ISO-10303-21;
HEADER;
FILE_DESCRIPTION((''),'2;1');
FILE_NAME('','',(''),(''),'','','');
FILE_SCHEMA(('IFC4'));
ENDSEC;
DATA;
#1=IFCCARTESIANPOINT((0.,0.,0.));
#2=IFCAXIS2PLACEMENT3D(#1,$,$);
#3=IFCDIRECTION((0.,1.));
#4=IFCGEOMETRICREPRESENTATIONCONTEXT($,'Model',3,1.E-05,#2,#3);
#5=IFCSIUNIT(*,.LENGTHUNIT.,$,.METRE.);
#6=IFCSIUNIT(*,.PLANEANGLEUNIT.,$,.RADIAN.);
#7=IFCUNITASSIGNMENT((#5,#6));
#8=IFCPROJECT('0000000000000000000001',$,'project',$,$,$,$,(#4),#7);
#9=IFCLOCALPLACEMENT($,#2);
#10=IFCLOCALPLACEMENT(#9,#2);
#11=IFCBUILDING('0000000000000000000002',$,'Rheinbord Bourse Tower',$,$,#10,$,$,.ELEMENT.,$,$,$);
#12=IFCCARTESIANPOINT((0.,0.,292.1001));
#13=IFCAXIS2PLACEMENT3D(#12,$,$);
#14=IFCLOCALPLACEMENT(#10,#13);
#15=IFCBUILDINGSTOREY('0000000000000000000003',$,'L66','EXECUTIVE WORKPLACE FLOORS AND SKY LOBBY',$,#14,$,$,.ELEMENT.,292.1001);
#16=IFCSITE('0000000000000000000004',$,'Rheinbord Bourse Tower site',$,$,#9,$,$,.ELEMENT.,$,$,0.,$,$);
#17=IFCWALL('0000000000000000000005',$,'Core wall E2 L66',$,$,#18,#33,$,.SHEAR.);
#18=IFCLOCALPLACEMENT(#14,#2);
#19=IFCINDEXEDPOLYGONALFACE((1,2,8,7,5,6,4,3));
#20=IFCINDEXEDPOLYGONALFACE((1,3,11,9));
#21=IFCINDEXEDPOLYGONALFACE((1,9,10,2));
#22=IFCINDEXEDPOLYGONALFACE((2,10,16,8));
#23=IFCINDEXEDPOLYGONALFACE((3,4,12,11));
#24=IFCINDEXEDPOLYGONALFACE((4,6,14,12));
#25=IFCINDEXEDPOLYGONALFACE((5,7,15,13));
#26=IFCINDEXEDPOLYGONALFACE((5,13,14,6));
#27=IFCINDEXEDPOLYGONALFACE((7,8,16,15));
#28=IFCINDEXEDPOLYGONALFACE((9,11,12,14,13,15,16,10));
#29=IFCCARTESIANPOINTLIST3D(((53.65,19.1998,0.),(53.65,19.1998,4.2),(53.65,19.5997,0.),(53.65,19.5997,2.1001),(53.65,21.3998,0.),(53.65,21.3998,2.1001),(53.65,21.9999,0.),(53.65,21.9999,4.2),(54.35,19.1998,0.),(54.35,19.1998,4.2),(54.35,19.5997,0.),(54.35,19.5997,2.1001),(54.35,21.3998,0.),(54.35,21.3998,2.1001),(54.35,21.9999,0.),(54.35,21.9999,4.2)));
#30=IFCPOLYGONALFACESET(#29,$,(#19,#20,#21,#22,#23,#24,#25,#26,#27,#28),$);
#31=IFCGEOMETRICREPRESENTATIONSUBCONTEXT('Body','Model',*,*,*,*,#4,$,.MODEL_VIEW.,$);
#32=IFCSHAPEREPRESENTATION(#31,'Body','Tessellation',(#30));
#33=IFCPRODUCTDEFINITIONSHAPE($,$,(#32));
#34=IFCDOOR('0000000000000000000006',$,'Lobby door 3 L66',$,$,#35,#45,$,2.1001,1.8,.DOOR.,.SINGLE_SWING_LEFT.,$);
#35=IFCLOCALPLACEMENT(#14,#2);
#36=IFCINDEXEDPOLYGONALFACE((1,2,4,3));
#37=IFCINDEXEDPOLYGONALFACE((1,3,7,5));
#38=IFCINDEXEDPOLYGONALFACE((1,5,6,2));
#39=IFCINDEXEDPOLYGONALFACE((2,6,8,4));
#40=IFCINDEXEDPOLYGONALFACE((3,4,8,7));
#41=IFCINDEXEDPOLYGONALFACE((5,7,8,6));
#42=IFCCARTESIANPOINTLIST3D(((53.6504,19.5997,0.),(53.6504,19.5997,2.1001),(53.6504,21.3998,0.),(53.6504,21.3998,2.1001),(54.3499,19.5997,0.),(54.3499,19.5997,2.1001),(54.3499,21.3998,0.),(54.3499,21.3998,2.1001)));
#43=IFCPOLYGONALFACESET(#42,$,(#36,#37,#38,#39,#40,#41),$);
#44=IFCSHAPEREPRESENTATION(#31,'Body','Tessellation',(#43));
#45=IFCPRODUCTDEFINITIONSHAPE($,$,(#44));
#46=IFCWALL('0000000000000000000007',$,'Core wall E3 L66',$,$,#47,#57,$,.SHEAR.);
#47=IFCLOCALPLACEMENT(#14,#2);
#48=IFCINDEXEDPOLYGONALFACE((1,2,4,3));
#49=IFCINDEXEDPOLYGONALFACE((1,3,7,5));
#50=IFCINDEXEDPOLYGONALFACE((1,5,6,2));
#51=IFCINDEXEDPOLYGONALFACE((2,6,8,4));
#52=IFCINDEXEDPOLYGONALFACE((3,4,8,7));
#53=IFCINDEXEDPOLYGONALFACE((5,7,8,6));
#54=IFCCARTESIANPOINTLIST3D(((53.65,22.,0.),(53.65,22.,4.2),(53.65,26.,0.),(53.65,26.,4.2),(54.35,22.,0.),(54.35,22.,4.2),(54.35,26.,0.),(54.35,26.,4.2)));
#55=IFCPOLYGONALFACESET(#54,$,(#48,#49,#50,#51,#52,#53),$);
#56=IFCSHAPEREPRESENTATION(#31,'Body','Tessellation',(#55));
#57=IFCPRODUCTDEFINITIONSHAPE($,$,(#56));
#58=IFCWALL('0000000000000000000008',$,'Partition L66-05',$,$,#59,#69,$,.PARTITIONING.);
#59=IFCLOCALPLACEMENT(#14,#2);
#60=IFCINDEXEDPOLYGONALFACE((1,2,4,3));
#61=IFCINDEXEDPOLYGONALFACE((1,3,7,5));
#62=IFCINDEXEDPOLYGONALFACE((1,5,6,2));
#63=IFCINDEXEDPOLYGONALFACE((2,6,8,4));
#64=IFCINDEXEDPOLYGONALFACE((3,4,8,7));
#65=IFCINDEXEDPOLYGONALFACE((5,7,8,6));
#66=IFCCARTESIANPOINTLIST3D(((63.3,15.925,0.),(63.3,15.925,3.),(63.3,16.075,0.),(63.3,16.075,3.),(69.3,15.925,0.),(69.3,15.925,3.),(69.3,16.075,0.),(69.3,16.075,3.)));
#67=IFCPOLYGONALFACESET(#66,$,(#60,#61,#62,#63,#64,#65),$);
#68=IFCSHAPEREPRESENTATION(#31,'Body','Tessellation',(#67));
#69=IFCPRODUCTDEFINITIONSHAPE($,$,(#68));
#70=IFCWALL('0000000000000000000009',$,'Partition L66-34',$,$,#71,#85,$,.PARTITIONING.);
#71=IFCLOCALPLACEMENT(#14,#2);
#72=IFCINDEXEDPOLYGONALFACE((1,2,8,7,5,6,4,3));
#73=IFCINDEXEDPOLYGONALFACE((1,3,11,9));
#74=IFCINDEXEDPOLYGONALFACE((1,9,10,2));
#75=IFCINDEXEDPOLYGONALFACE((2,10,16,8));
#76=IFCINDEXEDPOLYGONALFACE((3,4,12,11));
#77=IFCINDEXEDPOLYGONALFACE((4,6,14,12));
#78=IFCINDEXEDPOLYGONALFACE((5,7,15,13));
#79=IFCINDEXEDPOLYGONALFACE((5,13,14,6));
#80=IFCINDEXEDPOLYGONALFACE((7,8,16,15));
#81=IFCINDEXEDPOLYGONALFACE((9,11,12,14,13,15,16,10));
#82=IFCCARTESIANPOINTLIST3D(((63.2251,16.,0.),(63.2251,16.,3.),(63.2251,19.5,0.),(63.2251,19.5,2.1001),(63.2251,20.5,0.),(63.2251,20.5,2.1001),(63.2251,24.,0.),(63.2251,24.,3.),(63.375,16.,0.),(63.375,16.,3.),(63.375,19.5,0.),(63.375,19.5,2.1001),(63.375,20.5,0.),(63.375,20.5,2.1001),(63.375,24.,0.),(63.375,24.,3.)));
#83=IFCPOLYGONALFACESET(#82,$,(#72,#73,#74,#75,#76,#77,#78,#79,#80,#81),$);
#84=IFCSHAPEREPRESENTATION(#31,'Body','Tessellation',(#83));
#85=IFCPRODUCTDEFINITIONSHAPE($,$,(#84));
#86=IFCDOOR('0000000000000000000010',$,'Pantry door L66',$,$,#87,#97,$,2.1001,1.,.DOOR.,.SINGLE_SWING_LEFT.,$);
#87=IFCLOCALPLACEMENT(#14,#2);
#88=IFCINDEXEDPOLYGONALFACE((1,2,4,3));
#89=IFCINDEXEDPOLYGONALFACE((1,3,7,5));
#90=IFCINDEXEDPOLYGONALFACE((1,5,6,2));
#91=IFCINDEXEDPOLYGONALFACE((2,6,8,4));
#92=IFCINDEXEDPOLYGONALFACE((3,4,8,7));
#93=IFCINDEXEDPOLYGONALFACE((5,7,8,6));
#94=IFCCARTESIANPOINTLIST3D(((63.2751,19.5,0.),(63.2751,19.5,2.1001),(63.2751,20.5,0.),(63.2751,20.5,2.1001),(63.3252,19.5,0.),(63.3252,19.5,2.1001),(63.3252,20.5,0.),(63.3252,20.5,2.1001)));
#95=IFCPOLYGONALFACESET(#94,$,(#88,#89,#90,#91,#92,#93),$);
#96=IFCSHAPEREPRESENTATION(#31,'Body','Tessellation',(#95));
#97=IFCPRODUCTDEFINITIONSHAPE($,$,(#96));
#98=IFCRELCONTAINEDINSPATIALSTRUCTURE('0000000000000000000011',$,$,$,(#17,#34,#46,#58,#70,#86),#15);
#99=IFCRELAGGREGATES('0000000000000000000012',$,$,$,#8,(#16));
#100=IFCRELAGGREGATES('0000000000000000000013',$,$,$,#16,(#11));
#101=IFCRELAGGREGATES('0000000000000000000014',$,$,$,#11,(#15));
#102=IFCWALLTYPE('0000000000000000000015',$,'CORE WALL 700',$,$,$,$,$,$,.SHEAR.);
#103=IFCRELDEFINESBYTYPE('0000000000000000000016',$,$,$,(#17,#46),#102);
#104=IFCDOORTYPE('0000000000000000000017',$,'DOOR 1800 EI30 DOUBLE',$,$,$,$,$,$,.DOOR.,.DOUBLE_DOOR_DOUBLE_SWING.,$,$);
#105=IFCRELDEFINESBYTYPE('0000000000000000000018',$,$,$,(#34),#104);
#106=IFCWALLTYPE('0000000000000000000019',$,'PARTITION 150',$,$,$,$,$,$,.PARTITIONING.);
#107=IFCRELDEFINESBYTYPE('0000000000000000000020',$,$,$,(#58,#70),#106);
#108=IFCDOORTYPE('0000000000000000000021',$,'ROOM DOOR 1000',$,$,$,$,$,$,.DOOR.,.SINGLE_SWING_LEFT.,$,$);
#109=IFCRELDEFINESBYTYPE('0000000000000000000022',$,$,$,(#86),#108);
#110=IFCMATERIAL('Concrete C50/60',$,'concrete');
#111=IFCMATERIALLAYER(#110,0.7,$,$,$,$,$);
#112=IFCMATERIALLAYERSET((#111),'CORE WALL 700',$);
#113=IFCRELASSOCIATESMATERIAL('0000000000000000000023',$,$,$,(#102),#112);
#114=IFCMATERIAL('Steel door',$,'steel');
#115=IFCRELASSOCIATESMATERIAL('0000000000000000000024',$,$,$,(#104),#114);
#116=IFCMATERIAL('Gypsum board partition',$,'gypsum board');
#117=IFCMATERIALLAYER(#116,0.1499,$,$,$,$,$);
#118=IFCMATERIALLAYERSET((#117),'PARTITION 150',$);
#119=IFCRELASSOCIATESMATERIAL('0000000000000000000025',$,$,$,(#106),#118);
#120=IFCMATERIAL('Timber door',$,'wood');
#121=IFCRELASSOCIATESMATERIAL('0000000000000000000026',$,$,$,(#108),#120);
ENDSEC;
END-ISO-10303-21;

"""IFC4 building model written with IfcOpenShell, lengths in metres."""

from ifc_helpers import new_model, si_unit, direction, frame, frame_2d, origin, place, context, subcontext, project, spatial, rectangle, extrude, material, layer, layer_set, type_object, element, fill, save


model = new_model("IFC4")

# Units and contexts
model_context = context("Model", 3, precision=1e-05, world=origin(), true_north=direction((0.0, 1.0)))
body_context = subcontext(model_context, "Body", "Model", "MODEL_VIEW")
ifc_project = project(units=[si_unit("LENGTHUNIT", "METRE"), si_unit("PLANEANGLEUNIT", "RADIAN")], contexts=[model_context])

# Site, building, storey
site_placement = place(None, origin())
site = spatial("IfcSite", under=ifc_project, at=site_placement, Name="Rheinbord Bourse Tower site", CompositionType="ELEMENT", RefElevation=0.0)
building_placement = place(site_placement, origin())
building = spatial("IfcBuilding", under=site, at=building_placement, Name="Rheinbord Bourse Tower", CompositionType="ELEMENT")
storey_placement = place(building_placement, frame((0.0, 0.0, 292.1001)))
storey = spatial("IfcBuildingStorey", under=building, at=storey_placement, Name="L66", Description="EXECUTIVE WORKPLACE FLOORS AND SKY LOBBY", CompositionType="ELEMENT", Elevation=292.1001)

# Shared definitions
ifc_material_1 = material(Name="Concrete C50/60", Category="concrete")
ifc_layer_1 = layer(ifc_material_1, 0.7)
ifc_layer_set_1 = layer_set([ifc_layer_1], Name="CORE WALL 700")
wall_type_1 = type_object("IfcWallType", Name="CORE WALL 700", PredefinedType="SHEAR", material=ifc_layer_set_1)

# Wall, opening, door
wall_1_placement = place(storey_placement, frame((54.0, 19.2, 0.0), z_axis=(0.0, 0.0, 1.0), x_axis=(0.0, 1.0, 0.0)))
wall_1 = element("IfcWall", 1, at=wall_1_placement, inside=storey, type_object=wall_type_1, Name="Core wall E2 L66", PredefinedType="SHEAR", context=body_context, shape_type="SweptSolid", body=[
    extrude(rectangle(XDim=2.8, YDim=0.7, at=frame_2d((1.3999, 0.0))), origin(), (0.0, 0.0, 1.0), 4.2),
])
opening_1_placement = place(wall_1_placement, frame((0.3999, 0.0, 0.0)))
opening_1 = element("IfcOpeningElement", 2, at=opening_1_placement, cuts=wall_1, PredefinedType="OPENING", context=body_context, shape_type="SweptSolid", body=[
    extrude(rectangle(XDim=1.8, YDim=2.1001, at=frame_2d((0.8999, 1.05))), frame((0.0, 0.3599, 0.0), z_axis=(0.0, -1.0, 0.0), x_axis=(1.0, 0.0, 0.0)), (0.0, 0.0, 1.0), 0.72),
])
ifc_material_2 = material(Name="Steel door", Category="steel")
door_type_1 = type_object("IfcDoorType", Name="DOOR 1800 EI30 DOUBLE", OperationType="DOUBLE_DOOR_DOUBLE_SWING", PredefinedType="DOOR", material=ifc_material_2)
door_1_placement = place(opening_1_placement, origin())
door_1 = element("IfcDoor", 3, at=door_1_placement, inside=storey, type_object=door_type_1, Name="Lobby door 3 L66", OperationType="SINGLE_SWING_LEFT", OverallHeight=2.1001, OverallWidth=1.8, PredefinedType="DOOR", context=body_context, shape_type="SweptSolid", body=[
    extrude(rectangle(XDim=1.8, YDim=2.1001, at=frame_2d((0.8999, 1.05))), frame((0.0, 0.3496, 0.0), z_axis=(0.0, -1.0, 0.0), x_axis=(1.0, 0.0, 0.0)), (0.0, 0.0, 1.0), 0.6995),
])
fill(opening_1, door_1)

# Walls
wall_2_placement = place(storey_placement, frame((54.0, 22.0, 0.0), z_axis=(0.0, 0.0, 1.0), x_axis=(0.0, 1.0, 0.0)))
element("IfcWall", 4, at=wall_2_placement, inside=storey, type_object=wall_type_1, Name="Core wall E3 L66", PredefinedType="SHEAR", context=body_context, shape_type="SweptSolid", body=[
    extrude(rectangle(XDim=4.0, YDim=0.7, at=frame_2d((2.0, 0.0))), origin(), (0.0, 0.0, 1.0), 4.2),
])
ifc_material_3 = material(Name="Gypsum board partition", Category="gypsum board")
ifc_layer_2 = layer(ifc_material_3, 0.1499)
ifc_layer_set_2 = layer_set([ifc_layer_2], Name="PARTITION 150")
wall_type_2 = type_object("IfcWallType", Name="PARTITION 150", PredefinedType="PARTITIONING", material=ifc_layer_set_2)
wall_3_placement = place(storey_placement, frame((63.3, 16.0, 0.0), z_axis=(0.0, 0.0, 1.0), x_axis=(1.0, 0.0, 0.0)))
element("IfcWall", 5, at=wall_3_placement, inside=storey, type_object=wall_type_2, Name="Partition L66-05", PredefinedType="PARTITIONING", context=body_context, shape_type="SweptSolid", body=[
    extrude(rectangle(XDim=6.0, YDim=0.1499, at=frame_2d((3.0, 0.0))), origin(), (0.0, 0.0, 1.0), 3.0),
])

# Wall, opening, door
wall_4_placement = place(storey_placement, frame((63.3, 16.0, 0.0), z_axis=(0.0, 0.0, 1.0), x_axis=(0.0, 1.0, 0.0)))
wall_4 = element("IfcWall", 6, at=wall_4_placement, inside=storey, type_object=wall_type_2, Name="Partition L66-34", PredefinedType="PARTITIONING", context=body_context, shape_type="SweptSolid", body=[
    extrude(rectangle(XDim=8.0, YDim=0.1499, at=frame_2d((4.0, 0.0))), origin(), (0.0, 0.0, 1.0), 3.0),
])
opening_2_placement = place(wall_4_placement, frame((3.5, 0.0, 0.0)))
opening_2 = element("IfcOpeningElement", 7, at=opening_2_placement, cuts=wall_4, PredefinedType="OPENING", context=body_context, shape_type="SweptSolid", body=[
    extrude(rectangle(XDim=1.0, YDim=2.1001, at=frame_2d((0.5, 1.05))), frame((0.0, 0.085, 0.0), z_axis=(0.0, -1.0, 0.0), x_axis=(1.0, 0.0, 0.0)), (0.0, 0.0, 1.0), 0.1699),
])
ifc_material_4 = material(Name="Timber door", Category="wood")
door_type_2 = type_object("IfcDoorType", Name="ROOM DOOR 1000", OperationType="SINGLE_SWING_LEFT", PredefinedType="DOOR", material=ifc_material_4)
door_2_placement = place(opening_2_placement, origin())
door_2 = element("IfcDoor", 8, at=door_2_placement, inside=storey, type_object=door_type_2, Name="Pantry door L66", OperationType="SINGLE_SWING_LEFT", OverallHeight=2.1001, OverallWidth=1.0, PredefinedType="DOOR", context=body_context, shape_type="SweptSolid", body=[
    extrude(rectangle(XDim=1.0, YDim=2.1001, at=frame_2d((0.5, 1.05))), frame((0.0, 0.0249, 0.0), z_axis=(0.0, -1.0, 0.0), x_axis=(1.0, 0.0, 0.0)), (0.0, 0.0, 1.0), 0.05),
])
fill(opening_2, door_2)

save(model, "model.ifc")
